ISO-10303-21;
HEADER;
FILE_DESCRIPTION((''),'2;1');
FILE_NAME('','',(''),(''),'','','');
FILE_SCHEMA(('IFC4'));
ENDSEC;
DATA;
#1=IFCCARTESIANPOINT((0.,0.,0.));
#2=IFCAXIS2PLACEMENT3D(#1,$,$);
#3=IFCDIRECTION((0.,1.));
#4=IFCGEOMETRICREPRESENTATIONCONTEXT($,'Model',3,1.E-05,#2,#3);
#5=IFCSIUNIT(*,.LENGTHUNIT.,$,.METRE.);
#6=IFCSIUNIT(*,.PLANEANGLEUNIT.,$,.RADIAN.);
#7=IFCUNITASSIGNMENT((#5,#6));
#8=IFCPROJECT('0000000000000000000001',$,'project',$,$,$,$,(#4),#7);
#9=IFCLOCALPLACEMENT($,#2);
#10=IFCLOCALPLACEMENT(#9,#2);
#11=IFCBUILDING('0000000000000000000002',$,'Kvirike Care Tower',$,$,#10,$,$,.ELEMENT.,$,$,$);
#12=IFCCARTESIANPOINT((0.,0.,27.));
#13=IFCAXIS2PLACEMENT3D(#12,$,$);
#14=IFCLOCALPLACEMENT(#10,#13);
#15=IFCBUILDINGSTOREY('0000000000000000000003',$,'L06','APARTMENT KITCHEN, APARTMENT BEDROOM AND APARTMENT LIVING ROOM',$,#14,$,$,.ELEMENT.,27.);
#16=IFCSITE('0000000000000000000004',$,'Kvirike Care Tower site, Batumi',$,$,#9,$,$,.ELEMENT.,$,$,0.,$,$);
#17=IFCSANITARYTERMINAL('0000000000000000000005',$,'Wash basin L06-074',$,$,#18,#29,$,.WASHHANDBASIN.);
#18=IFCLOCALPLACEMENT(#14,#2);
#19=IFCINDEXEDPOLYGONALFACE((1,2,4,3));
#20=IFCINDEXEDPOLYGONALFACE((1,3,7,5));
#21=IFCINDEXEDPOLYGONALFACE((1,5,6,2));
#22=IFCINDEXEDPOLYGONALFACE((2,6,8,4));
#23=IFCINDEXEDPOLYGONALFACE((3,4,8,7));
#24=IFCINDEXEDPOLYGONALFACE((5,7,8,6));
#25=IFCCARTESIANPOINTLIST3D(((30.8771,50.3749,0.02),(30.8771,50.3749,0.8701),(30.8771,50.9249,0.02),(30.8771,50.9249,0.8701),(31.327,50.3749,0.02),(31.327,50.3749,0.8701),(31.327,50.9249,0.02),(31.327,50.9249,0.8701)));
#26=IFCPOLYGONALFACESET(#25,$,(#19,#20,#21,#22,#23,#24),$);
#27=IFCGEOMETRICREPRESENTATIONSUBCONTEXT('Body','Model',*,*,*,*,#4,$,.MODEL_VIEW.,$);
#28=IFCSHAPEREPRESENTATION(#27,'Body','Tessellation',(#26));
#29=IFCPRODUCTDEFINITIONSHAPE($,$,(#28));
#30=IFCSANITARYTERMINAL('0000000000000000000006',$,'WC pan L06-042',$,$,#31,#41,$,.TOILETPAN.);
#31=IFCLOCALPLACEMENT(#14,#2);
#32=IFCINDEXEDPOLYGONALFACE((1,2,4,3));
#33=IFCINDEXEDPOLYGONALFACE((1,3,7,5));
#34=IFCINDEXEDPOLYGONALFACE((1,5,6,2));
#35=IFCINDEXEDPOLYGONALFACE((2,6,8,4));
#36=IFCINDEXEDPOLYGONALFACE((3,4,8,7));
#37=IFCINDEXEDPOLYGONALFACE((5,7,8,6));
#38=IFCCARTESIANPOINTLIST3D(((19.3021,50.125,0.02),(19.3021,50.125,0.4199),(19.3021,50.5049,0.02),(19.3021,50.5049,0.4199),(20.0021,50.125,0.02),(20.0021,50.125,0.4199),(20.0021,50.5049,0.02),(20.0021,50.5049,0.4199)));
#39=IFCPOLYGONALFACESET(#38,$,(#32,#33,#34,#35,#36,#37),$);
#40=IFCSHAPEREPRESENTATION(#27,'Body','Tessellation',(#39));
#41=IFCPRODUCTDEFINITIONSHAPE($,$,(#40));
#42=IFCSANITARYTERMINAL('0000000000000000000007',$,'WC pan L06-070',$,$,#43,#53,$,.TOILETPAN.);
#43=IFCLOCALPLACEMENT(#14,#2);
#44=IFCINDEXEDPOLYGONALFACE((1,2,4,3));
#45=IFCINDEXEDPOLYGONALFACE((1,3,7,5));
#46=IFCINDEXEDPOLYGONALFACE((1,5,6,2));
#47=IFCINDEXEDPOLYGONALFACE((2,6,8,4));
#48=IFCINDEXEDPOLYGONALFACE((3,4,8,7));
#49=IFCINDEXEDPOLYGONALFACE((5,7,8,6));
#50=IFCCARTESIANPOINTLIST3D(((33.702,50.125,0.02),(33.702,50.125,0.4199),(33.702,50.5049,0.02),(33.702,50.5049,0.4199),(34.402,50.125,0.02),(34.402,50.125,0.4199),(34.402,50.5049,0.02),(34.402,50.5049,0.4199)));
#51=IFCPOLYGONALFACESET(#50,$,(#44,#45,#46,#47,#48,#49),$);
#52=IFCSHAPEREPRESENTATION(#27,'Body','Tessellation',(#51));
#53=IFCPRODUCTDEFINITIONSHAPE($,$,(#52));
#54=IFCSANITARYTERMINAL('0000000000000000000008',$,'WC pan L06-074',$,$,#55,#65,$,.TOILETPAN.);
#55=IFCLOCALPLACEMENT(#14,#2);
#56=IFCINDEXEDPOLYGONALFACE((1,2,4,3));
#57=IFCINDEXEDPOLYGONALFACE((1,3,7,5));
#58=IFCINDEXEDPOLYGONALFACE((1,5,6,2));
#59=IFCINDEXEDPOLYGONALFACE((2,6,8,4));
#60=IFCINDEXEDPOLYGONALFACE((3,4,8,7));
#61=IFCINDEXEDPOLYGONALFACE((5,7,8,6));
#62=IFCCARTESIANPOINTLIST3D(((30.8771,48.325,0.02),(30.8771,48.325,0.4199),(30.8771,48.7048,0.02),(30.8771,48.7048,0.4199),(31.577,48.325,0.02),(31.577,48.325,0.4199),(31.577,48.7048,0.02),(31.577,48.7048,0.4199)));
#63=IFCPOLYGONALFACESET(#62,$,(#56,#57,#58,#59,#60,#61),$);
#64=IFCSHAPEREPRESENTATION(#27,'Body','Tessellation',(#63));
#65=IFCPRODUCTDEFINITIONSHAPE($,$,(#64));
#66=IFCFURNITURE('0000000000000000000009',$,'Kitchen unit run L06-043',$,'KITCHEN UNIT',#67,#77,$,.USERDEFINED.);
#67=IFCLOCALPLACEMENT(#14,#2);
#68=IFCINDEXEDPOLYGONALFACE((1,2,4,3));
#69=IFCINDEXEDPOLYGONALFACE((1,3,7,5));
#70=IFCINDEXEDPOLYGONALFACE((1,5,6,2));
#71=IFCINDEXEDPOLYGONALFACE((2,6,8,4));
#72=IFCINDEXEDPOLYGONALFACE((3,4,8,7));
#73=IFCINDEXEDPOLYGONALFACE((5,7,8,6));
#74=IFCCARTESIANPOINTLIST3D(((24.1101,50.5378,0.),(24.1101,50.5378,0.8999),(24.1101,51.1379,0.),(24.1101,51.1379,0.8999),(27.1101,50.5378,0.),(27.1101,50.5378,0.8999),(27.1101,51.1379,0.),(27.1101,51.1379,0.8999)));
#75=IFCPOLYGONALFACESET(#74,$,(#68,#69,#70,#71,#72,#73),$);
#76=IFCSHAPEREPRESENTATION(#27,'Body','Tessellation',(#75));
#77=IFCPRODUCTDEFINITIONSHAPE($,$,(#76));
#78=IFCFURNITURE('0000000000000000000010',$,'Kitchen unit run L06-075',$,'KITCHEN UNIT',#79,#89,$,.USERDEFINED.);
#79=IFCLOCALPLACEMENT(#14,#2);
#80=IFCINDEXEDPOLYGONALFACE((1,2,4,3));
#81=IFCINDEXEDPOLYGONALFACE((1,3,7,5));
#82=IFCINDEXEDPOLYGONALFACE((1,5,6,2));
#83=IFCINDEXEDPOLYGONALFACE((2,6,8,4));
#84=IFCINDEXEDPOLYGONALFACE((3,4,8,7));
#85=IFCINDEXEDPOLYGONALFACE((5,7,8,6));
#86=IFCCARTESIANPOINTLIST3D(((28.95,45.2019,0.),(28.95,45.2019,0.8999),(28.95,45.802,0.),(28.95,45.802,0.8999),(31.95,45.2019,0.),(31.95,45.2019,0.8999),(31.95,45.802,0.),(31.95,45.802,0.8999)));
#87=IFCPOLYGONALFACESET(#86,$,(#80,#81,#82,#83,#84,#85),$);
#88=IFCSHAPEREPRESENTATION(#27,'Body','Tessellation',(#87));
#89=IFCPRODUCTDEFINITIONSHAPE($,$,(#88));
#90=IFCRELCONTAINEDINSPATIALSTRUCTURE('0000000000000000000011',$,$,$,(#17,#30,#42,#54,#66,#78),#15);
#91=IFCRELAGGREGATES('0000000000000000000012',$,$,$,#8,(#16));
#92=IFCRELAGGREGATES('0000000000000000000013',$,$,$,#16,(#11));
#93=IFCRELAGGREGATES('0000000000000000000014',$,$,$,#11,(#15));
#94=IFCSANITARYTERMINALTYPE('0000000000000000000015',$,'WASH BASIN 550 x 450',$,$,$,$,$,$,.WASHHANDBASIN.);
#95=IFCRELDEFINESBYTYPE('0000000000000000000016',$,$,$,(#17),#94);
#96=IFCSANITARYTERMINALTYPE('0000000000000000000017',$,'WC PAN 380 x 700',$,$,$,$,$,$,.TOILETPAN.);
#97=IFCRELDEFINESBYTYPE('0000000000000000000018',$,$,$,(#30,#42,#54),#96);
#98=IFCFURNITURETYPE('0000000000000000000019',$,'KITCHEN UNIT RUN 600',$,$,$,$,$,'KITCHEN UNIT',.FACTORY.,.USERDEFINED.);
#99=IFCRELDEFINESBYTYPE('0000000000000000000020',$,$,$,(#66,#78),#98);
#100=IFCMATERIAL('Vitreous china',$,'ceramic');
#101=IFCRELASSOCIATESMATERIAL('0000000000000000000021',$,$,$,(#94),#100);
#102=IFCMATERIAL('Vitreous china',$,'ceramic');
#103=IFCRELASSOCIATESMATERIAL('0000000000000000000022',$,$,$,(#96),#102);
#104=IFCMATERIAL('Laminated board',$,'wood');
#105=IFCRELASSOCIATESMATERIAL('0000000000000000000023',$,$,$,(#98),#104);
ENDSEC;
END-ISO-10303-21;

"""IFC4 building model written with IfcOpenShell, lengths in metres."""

from ifc_helpers import new_model, si_unit, direction, frame, origin, origin_2d, place, context, subcontext, project, spatial, rectangle, extrude, material, type_object, element, save


model = new_model("IFC4")

# Units and contexts
model_context = context("Model", 3, precision=1e-05, world=origin(), true_north=direction((0.0, 1.0)))
body_context = subcontext(model_context, "Body", "Model", "MODEL_VIEW")
ifc_project = project(units=[si_unit("LENGTHUNIT", "METRE"), si_unit("PLANEANGLEUNIT", "RADIAN")], contexts=[model_context])

# Site, building, storey
site_placement = place(None, origin())
site = spatial("IfcSite", under=ifc_project, at=site_placement, Name="Kvirike Care Tower site, Batumi", CompositionType="ELEMENT", RefElevation=0.0)
building_placement = place(site_placement, origin())
building = spatial("IfcBuilding", under=site, at=building_placement, Name="Kvirike Care Tower", CompositionType="ELEMENT")
storey_placement = place(building_placement, frame((0.0, 0.0, 27.0)))
storey = spatial("IfcBuildingStorey", under=building, at=storey_placement, Name="L06", Description="APARTMENT KITCHEN, APARTMENT BEDROOM AND APARTMENT LIVING ROOM", CompositionType="ELEMENT", Elevation=27.0)

# Sanitary terminals
ifc_material_1 = material(Name="Vitreous china", Category="ceramic")
sanitary_terminal_type_1 = type_object("IfcSanitaryTerminalType", Name="WASH BASIN 550 x 450", PredefinedType="WASHHANDBASIN", material=ifc_material_1)
sanitary_terminal_placement = place(storey_placement, frame((31.1021, 50.6499, 0.02), z_axis=(0.0, 0.0, 1.0), x_axis=(0.0, 1.0, 0.0)))
element("IfcSanitaryTerminal", 1, at=sanitary_terminal_placement, inside=storey, type_object=sanitary_terminal_type_1, Name="Wash basin L06-074", PredefinedType="WASHHANDBASIN", context=body_context, shape_type="SweptSolid", body=[
    extrude(rectangle(XDim=0.55, YDim=0.45, at=origin_2d()), origin(), (0.0, 0.0, 1.0), 0.8501),
])
ifc_material_2 = material(Name="Vitreous china", Category="ceramic")
sanitary_terminal_type_2 = type_object("IfcSanitaryTerminalType", Name="WC PAN 380 x 700", PredefinedType="TOILETPAN", material=ifc_material_2)
for number, where, z_axis, x_axis, name in (
    (2, (19.6521, 50.3149, 0.02), (0.0, 0.0, 1.0), (0.0, 1.0, 0.0), "WC pan L06-042"),
    (3, (34.052, 50.3149, 0.02), (0.0, 0.0, 1.0), (0.0, 1.0, 0.0), "WC pan L06-070"),
    (4, (31.2271, 48.5149, 0.02), (0.0, 0.0, 1.0), (0.0, 1.0, 0.0), "WC pan L06-074"),
):
    element("IfcSanitaryTerminal", number, at=place(storey_placement, frame(where, z_axis=z_axis, x_axis=x_axis)), inside=storey, type_object=sanitary_terminal_type_2, Name=name, PredefinedType="TOILETPAN", context=body_context, shape_type="SweptSolid", body=[
        extrude(rectangle(XDim=0.3799, YDim=0.7, at=origin_2d()), origin(), (0.0, 0.0, 1.0), 0.3999),
    ])

# Furniture
ifc_material_3 = material(Name="Laminated board", Category="wood")
furniture_type = type_object("IfcFurnitureType", Name="KITCHEN UNIT RUN 600", ElementType="KITCHEN UNIT", AssemblyPlace="FACTORY", PredefinedType="USERDEFINED", material=ifc_material_3)
for number, where, z_axis, x_axis, name in (
    (5, (25.6101, 50.8379, 0.0), (0.0, 0.0, 1.0), (1.0, 0.0, 0.0), "Kitchen unit run L06-043"),
    (6, (30.45, 45.502, 0.0), (0.0, 0.0, 1.0), (-1.0, 0.0, 0.0), "Kitchen unit run L06-075"),
):
    element("IfcFurniture", number, at=place(storey_placement, frame(where, z_axis=z_axis, x_axis=x_axis)), inside=storey, type_object=furniture_type, Name=name, ObjectType="KITCHEN UNIT", PredefinedType="USERDEFINED", context=body_context, shape_type="SweptSolid", body=[
        extrude(rectangle(XDim=3.0, YDim=0.6001, at=origin_2d()), origin(), (0.0, 0.0, 1.0), 0.8999),
    ])

save(model, "model.ifc")
